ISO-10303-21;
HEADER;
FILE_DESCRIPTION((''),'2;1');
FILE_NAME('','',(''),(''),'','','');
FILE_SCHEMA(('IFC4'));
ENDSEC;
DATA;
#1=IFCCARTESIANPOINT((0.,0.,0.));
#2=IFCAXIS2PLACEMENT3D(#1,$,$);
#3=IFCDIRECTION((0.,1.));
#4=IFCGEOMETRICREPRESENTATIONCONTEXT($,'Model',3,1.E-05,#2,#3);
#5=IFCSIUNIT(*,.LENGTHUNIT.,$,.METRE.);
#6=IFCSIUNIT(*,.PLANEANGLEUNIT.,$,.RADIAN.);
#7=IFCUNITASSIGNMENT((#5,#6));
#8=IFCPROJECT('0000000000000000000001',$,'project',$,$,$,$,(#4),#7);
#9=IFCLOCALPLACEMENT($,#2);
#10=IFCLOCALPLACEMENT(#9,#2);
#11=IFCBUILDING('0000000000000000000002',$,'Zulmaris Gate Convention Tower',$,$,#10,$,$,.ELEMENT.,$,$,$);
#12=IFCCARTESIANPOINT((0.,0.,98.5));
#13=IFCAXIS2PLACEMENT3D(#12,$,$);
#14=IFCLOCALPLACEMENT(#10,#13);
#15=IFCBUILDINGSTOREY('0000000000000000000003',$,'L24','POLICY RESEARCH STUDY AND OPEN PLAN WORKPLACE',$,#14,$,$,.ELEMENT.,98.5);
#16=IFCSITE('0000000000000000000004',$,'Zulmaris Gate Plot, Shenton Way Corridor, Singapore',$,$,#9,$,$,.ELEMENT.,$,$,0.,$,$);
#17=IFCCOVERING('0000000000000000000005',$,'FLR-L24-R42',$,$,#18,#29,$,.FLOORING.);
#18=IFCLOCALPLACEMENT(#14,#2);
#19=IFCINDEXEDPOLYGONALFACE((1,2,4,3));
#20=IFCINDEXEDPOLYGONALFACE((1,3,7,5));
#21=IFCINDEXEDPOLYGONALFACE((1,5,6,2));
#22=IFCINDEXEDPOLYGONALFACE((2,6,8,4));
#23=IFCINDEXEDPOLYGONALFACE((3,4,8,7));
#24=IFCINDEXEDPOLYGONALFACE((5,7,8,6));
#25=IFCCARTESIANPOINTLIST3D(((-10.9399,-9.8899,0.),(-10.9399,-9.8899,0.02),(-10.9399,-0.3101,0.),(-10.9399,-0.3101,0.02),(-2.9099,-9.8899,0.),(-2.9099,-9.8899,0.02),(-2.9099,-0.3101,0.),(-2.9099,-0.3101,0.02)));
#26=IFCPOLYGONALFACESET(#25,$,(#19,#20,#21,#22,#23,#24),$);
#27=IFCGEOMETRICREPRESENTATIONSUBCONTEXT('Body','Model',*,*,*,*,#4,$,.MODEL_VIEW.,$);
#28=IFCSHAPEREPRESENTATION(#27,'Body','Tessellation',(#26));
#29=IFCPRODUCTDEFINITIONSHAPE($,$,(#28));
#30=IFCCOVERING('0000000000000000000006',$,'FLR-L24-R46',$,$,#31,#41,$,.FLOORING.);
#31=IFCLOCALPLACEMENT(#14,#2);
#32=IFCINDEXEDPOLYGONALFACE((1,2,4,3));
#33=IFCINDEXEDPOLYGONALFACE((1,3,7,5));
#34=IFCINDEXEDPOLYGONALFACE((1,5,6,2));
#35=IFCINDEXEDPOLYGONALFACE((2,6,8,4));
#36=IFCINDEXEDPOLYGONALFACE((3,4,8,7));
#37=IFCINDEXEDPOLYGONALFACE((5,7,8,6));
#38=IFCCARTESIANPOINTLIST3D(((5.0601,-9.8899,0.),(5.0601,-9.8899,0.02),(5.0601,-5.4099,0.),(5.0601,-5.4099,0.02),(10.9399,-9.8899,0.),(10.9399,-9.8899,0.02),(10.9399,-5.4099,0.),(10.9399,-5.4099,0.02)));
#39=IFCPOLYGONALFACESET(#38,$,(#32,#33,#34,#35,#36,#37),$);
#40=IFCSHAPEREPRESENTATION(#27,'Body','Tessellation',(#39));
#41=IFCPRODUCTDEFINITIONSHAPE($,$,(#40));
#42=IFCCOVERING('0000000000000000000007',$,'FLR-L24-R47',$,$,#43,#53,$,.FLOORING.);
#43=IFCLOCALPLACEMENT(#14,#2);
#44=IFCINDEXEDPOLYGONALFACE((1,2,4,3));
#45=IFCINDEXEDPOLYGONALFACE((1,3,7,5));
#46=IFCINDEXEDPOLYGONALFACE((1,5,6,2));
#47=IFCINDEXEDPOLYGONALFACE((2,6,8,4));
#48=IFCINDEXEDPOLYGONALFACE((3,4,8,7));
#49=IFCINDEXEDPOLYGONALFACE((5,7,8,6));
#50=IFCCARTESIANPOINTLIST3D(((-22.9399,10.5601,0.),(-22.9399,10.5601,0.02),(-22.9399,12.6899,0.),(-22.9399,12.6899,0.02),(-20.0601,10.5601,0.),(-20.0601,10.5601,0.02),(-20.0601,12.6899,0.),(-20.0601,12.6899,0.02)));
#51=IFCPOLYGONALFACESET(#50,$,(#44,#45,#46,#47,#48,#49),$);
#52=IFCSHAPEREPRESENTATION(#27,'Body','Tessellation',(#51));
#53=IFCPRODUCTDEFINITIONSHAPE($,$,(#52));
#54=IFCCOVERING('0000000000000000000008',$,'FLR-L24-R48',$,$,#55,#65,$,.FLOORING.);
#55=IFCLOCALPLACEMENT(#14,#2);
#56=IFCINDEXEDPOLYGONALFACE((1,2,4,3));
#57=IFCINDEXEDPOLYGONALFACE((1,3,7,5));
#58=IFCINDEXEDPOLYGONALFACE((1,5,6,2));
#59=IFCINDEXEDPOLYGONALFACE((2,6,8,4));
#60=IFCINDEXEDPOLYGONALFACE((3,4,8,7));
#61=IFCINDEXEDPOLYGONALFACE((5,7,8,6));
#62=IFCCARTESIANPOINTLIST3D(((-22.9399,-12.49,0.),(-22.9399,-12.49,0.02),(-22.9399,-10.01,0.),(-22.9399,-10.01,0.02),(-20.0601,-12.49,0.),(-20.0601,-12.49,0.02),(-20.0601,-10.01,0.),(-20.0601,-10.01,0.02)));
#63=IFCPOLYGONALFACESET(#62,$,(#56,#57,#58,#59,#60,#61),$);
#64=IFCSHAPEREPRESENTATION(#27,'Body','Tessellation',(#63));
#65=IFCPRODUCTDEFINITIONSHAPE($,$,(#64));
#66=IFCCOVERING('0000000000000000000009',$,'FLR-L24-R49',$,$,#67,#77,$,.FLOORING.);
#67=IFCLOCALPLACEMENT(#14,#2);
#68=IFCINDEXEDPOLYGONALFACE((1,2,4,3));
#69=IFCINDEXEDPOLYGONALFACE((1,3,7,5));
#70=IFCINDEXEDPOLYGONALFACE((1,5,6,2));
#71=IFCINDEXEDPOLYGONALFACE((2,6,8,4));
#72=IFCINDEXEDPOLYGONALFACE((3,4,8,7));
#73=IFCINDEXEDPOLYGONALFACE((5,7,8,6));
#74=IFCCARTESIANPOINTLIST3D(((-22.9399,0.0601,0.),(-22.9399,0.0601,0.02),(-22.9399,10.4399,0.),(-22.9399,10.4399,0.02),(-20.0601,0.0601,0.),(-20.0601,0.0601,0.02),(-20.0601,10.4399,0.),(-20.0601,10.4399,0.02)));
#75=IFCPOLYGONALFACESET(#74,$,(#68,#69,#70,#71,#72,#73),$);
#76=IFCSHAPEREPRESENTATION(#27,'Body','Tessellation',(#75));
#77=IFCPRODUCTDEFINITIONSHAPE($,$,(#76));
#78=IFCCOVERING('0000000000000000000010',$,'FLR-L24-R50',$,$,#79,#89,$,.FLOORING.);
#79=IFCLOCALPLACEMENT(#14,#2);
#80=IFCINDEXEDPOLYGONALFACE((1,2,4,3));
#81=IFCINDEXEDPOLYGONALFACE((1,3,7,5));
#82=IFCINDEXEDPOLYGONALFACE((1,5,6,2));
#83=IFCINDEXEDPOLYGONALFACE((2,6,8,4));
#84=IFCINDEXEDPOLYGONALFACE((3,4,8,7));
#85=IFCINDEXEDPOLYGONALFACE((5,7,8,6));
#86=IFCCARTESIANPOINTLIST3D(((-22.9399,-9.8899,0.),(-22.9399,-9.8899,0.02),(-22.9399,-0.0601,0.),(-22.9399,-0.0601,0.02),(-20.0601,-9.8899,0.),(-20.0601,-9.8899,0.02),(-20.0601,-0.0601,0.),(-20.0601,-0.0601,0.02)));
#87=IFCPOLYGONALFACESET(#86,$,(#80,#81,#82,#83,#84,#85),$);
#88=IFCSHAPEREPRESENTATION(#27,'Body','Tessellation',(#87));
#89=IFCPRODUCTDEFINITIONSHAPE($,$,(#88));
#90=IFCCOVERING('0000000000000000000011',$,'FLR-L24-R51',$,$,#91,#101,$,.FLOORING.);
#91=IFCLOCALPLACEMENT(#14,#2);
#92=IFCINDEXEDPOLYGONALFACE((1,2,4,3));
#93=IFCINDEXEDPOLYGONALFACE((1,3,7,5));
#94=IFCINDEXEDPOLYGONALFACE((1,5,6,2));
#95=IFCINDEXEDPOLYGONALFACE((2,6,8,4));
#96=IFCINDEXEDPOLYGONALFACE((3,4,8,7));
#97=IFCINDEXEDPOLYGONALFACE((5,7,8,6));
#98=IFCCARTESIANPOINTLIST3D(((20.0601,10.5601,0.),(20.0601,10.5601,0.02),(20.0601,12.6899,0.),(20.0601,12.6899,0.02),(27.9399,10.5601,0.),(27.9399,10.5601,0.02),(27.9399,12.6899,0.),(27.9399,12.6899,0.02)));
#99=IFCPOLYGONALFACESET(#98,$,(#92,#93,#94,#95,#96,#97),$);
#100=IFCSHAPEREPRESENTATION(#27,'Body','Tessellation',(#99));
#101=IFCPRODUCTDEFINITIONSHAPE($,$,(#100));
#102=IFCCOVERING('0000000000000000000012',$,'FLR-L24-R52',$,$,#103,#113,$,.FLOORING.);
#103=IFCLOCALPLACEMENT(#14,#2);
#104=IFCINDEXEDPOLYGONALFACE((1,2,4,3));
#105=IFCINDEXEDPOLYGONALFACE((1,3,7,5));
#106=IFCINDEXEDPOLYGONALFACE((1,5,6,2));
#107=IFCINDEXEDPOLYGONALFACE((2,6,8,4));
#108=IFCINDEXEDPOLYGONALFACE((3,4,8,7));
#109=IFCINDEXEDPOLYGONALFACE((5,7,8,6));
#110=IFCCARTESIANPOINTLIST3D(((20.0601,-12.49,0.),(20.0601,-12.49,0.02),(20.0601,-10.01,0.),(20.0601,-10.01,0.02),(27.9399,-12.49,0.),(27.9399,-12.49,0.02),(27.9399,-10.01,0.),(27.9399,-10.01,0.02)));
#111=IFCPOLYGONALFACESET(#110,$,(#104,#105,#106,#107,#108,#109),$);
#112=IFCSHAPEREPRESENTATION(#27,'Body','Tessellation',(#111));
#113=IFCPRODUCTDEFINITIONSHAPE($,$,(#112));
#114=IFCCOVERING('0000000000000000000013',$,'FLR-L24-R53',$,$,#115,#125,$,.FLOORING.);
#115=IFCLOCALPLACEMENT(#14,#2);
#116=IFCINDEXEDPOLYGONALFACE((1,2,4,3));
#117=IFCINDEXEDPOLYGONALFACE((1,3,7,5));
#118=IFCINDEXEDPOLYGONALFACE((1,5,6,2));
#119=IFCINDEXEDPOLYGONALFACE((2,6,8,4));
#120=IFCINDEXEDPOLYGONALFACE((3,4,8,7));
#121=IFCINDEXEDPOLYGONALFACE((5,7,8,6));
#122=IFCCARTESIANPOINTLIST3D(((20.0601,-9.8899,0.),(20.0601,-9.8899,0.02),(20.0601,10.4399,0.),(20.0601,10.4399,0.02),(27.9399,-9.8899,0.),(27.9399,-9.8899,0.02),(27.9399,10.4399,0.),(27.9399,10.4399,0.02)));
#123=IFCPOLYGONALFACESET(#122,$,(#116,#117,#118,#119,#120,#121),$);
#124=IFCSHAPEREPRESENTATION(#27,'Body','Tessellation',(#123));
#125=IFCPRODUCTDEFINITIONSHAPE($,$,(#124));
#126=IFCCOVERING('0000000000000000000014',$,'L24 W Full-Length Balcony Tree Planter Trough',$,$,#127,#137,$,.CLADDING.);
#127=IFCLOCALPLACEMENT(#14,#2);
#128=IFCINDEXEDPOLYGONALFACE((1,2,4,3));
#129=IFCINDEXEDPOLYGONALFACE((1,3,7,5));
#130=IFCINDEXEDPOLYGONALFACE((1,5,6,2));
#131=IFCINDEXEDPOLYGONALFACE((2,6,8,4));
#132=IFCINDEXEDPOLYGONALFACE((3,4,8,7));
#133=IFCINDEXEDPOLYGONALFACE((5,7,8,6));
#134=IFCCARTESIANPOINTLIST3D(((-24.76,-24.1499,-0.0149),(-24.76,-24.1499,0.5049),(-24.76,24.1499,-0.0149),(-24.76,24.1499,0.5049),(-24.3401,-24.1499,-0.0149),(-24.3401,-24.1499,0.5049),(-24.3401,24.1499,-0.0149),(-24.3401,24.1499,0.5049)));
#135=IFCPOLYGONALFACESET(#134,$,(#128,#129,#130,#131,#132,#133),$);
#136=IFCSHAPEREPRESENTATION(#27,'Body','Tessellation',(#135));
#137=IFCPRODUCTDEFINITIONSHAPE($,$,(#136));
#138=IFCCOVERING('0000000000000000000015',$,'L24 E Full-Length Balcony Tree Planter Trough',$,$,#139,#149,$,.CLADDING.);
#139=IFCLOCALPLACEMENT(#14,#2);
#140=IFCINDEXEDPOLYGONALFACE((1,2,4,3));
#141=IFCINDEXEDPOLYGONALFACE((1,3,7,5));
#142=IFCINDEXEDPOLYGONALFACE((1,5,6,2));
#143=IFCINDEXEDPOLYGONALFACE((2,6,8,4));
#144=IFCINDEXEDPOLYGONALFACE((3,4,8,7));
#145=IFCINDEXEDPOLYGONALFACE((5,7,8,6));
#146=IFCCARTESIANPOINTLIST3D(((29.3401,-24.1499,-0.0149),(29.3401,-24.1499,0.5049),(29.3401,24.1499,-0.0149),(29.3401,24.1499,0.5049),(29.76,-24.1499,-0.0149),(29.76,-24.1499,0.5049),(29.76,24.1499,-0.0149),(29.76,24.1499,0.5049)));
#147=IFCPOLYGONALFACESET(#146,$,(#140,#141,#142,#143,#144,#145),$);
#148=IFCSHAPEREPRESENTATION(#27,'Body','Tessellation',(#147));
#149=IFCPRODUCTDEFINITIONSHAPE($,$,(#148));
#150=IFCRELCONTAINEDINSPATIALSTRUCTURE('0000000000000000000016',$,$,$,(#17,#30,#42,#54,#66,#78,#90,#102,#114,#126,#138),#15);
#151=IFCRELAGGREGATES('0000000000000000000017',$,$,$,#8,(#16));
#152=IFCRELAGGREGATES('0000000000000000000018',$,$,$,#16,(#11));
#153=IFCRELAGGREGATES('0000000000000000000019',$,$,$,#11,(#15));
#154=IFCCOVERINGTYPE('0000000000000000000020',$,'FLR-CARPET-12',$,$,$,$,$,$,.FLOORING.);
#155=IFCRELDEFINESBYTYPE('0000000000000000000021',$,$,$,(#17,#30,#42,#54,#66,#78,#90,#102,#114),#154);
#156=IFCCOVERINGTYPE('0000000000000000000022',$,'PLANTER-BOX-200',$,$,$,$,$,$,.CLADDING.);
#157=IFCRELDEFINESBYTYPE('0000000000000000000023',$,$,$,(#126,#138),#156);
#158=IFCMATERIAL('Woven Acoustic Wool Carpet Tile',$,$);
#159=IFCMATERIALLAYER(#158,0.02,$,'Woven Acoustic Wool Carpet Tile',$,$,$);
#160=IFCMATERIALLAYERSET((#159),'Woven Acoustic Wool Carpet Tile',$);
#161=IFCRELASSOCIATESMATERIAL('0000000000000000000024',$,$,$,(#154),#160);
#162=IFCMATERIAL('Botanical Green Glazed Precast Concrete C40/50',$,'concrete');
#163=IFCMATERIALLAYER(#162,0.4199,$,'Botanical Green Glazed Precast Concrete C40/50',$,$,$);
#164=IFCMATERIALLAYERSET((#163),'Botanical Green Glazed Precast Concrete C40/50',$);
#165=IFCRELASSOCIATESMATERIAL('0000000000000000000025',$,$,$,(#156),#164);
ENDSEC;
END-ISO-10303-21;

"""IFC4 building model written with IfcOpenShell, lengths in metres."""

from ifc_helpers import new_model, si_unit, direction, frame, origin, place, context, subcontext, project, spatial, polyline, outline, extrude, material, layer, layer_set, type_object, element, save


model = new_model("IFC4")

# Units and contexts
model_context = context("Model", 3, precision=1e-05, world=origin(), true_north=direction((0.0, 1.0)))
body_context = subcontext(model_context, "Body", "Model", "MODEL_VIEW")
ifc_project = project(units=[si_unit("LENGTHUNIT", "METRE"), si_unit("PLANEANGLEUNIT", "RADIAN")], contexts=[model_context])

# Site, building, storey
site_placement = place(None, origin())
site = spatial("IfcSite", under=ifc_project, at=site_placement, Name="Zulmaris Gate Plot, Shenton Way Corridor, Singapore", CompositionType="ELEMENT", RefElevation=0.0)
building_placement = place(site_placement, origin())
building = spatial("IfcBuilding", under=site, at=building_placement, Name="Zulmaris Gate Convention Tower", CompositionType="ELEMENT")
storey_placement = place(building_placement, frame((0.0, 0.0, 98.5)))
storey = spatial("IfcBuildingStorey", under=building, at=storey_placement, Name="L24", Description="POLICY RESEARCH STUDY AND OPEN PLAN WORKPLACE", CompositionType="ELEMENT", Elevation=98.5)

# Coverings
ifc_material_1 = material(Name="Woven Acoustic Wool Carpet Tile")
ifc_layer_1 = layer(ifc_material_1, 0.02, Name="Woven Acoustic Wool Carpet Tile")
ifc_layer_set_1 = layer_set([ifc_layer_1], Name="Woven Acoustic Wool Carpet Tile")
covering_type_1 = type_object("IfcCoveringType", Name="FLR-CARPET-12", PredefinedType="FLOORING", material=ifc_layer_set_1)
covering_1_placement = place(storey_placement, origin())
element("IfcCovering", 1, at=covering_1_placement, inside=storey, type_object=covering_type_1, Name="FLR-L24-R42", PredefinedType="FLOORING", context=body_context, shape_type="SweptSolid", body=[
    extrude(outline(polyline([(-10.9399, -9.8899), (-2.9099, -9.8899), (-2.9099, -0.3101), (-10.9399, -0.3101), (-10.9399, -9.8899)])), origin(), (0.0, 0.0, 1.0), 0.02),
])
covering_2_placement = place(storey_placement, origin())
element("IfcCovering", 2, at=covering_2_placement, inside=storey, type_object=covering_type_1, Name="FLR-L24-R46", PredefinedType="FLOORING", context=body_context, shape_type="SweptSolid", body=[
    extrude(outline(polyline([(5.0601, -9.8899), (10.9399, -9.8899), (10.9399, -5.4099), (5.0601, -5.4099), (5.0601, -9.8899)])), origin(), (0.0, 0.0, 1.0), 0.02),
])
covering_3_placement = place(storey_placement, origin())
element("IfcCovering", 3, at=covering_3_placement, inside=storey, type_object=covering_type_1, Name="FLR-L24-R47", PredefinedType="FLOORING", context=body_context, shape_type="SweptSolid", body=[
    extrude(outline(polyline([(-22.9399, 10.5601), (-20.0601, 10.5601), (-20.0601, 12.6899), (-22.9399, 12.6899), (-22.9399, 10.5601)])), origin(), (0.0, 0.0, 1.0), 0.02),
])
covering_4_placement = place(storey_placement, origin())
element("IfcCovering", 4, at=covering_4_placement, inside=storey, type_object=covering_type_1, Name="FLR-L24-R48", PredefinedType="FLOORING", context=body_context, shape_type="SweptSolid", body=[
    extrude(outline(polyline([(-22.9399, -12.49), (-20.0601, -12.49), (-20.0601, -10.01), (-22.9399, -10.01), (-22.9399, -12.49)])), origin(), (0.0, 0.0, 1.0), 0.02),
])
covering_5_placement = place(storey_placement, origin())
element("IfcCovering", 5, at=covering_5_placement, inside=storey, type_object=covering_type_1, Name="FLR-L24-R49", PredefinedType="FLOORING", context=body_context, shape_type="SweptSolid", body=[
    extrude(outline(polyline([(-22.9399, 0.0601), (-20.0601, 0.0601), (-20.0601, 10.4399), (-22.9399, 10.4399), (-22.9399, 0.0601)])), origin(), (0.0, 0.0, 1.0), 0.02),
])
covering_6_placement = place(storey_placement, origin())
element("IfcCovering", 6, at=covering_6_placement, inside=storey, type_object=covering_type_1, Name="FLR-L24-R50", PredefinedType="FLOORING", context=body_context, shape_type="SweptSolid", body=[
    extrude(outline(polyline([(-22.9399, -9.8899), (-20.0601, -9.8899), (-20.0601, -0.0601), (-22.9399, -0.0601), (-22.9399, -9.8899)])), origin(), (0.0, 0.0, 1.0), 0.02),
])
covering_7_placement = place(storey_placement, origin())
element("IfcCovering", 7, at=covering_7_placement, inside=storey, type_object=covering_type_1, Name="FLR-L24-R51", PredefinedType="FLOORING", context=body_context, shape_type="SweptSolid", body=[
    extrude(outline(polyline([(20.0601, 10.5601), (27.9399, 10.5601), (27.9399, 12.6899), (20.0601, 12.6899), (20.0601, 10.5601)])), origin(), (0.0, 0.0, 1.0), 0.02),
])
covering_8_placement = place(storey_placement, origin())
element("IfcCovering", 8, at=covering_8_placement, inside=storey, type_object=covering_type_1, Name="FLR-L24-R52", PredefinedType="FLOORING", context=body_context, shape_type="SweptSolid", body=[
    extrude(outline(polyline([(20.0601, -12.49), (27.9399, -12.49), (27.9399, -10.01), (20.0601, -10.01), (20.0601, -12.49)])), origin(), (0.0, 0.0, 1.0), 0.02),
])
covering_9_placement = place(storey_placement, origin())
element("IfcCovering", 9, at=covering_9_placement, inside=storey, type_object=covering_type_1, Name="FLR-L24-R53", PredefinedType="FLOORING", context=body_context, shape_type="SweptSolid", body=[
    extrude(outline(polyline([(20.0601, -9.8899), (27.9399, -9.8899), (27.9399, 10.4399), (20.0601, 10.4399), (20.0601, -9.8899)])), origin(), (0.0, 0.0, 1.0), 0.02),
])
ifc_material_2 = material(Name="Botanical Green Glazed Precast Concrete C40/50", Category="concrete")
ifc_layer_2 = layer(ifc_material_2, 0.4199, Name="Botanical Green Glazed Precast Concrete C40/50")
ifc_layer_set_2 = layer_set([ifc_layer_2], Name="Botanical Green Glazed Precast Concrete C40/50")
covering_type_2 = type_object("IfcCoveringType", Name="PLANTER-BOX-200", PredefinedType="CLADDING", material=ifc_layer_set_2)
covering_10_placement = place(storey_placement, frame((0.0, 0.0, -0.0149)))
element("IfcCovering", 10, at=covering_10_placement, inside=storey, type_object=covering_type_2, Name="L24 W Full-Length Balcony Tree Planter Trough", PredefinedType="CLADDING", context=body_context, shape_type="SweptSolid", body=[
    extrude(outline(polyline([(-24.76, -24.1499), (-24.3401, -24.1499), (-24.3401, 24.1499), (-24.76, 24.1499), (-24.76, -24.1499)])), origin(), (0.0, 0.0, 1.0), 0.5198),
])
covering_11_placement = place(storey_placement, frame((0.0, 0.0, -0.0149)))
element("IfcCovering", 11, at=covering_11_placement, inside=storey, type_object=covering_type_2, Name="L24 E Full-Length Balcony Tree Planter Trough", PredefinedType="CLADDING", context=body_context, shape_type="SweptSolid", body=[
    extrude(outline(polyline([(29.3401, -24.1499), (29.76, -24.1499), (29.76, 24.1499), (29.3401, 24.1499), (29.3401, -24.1499)])), origin(), (0.0, 0.0, 1.0), 0.5198),
])

save(model, "model.ifc")
